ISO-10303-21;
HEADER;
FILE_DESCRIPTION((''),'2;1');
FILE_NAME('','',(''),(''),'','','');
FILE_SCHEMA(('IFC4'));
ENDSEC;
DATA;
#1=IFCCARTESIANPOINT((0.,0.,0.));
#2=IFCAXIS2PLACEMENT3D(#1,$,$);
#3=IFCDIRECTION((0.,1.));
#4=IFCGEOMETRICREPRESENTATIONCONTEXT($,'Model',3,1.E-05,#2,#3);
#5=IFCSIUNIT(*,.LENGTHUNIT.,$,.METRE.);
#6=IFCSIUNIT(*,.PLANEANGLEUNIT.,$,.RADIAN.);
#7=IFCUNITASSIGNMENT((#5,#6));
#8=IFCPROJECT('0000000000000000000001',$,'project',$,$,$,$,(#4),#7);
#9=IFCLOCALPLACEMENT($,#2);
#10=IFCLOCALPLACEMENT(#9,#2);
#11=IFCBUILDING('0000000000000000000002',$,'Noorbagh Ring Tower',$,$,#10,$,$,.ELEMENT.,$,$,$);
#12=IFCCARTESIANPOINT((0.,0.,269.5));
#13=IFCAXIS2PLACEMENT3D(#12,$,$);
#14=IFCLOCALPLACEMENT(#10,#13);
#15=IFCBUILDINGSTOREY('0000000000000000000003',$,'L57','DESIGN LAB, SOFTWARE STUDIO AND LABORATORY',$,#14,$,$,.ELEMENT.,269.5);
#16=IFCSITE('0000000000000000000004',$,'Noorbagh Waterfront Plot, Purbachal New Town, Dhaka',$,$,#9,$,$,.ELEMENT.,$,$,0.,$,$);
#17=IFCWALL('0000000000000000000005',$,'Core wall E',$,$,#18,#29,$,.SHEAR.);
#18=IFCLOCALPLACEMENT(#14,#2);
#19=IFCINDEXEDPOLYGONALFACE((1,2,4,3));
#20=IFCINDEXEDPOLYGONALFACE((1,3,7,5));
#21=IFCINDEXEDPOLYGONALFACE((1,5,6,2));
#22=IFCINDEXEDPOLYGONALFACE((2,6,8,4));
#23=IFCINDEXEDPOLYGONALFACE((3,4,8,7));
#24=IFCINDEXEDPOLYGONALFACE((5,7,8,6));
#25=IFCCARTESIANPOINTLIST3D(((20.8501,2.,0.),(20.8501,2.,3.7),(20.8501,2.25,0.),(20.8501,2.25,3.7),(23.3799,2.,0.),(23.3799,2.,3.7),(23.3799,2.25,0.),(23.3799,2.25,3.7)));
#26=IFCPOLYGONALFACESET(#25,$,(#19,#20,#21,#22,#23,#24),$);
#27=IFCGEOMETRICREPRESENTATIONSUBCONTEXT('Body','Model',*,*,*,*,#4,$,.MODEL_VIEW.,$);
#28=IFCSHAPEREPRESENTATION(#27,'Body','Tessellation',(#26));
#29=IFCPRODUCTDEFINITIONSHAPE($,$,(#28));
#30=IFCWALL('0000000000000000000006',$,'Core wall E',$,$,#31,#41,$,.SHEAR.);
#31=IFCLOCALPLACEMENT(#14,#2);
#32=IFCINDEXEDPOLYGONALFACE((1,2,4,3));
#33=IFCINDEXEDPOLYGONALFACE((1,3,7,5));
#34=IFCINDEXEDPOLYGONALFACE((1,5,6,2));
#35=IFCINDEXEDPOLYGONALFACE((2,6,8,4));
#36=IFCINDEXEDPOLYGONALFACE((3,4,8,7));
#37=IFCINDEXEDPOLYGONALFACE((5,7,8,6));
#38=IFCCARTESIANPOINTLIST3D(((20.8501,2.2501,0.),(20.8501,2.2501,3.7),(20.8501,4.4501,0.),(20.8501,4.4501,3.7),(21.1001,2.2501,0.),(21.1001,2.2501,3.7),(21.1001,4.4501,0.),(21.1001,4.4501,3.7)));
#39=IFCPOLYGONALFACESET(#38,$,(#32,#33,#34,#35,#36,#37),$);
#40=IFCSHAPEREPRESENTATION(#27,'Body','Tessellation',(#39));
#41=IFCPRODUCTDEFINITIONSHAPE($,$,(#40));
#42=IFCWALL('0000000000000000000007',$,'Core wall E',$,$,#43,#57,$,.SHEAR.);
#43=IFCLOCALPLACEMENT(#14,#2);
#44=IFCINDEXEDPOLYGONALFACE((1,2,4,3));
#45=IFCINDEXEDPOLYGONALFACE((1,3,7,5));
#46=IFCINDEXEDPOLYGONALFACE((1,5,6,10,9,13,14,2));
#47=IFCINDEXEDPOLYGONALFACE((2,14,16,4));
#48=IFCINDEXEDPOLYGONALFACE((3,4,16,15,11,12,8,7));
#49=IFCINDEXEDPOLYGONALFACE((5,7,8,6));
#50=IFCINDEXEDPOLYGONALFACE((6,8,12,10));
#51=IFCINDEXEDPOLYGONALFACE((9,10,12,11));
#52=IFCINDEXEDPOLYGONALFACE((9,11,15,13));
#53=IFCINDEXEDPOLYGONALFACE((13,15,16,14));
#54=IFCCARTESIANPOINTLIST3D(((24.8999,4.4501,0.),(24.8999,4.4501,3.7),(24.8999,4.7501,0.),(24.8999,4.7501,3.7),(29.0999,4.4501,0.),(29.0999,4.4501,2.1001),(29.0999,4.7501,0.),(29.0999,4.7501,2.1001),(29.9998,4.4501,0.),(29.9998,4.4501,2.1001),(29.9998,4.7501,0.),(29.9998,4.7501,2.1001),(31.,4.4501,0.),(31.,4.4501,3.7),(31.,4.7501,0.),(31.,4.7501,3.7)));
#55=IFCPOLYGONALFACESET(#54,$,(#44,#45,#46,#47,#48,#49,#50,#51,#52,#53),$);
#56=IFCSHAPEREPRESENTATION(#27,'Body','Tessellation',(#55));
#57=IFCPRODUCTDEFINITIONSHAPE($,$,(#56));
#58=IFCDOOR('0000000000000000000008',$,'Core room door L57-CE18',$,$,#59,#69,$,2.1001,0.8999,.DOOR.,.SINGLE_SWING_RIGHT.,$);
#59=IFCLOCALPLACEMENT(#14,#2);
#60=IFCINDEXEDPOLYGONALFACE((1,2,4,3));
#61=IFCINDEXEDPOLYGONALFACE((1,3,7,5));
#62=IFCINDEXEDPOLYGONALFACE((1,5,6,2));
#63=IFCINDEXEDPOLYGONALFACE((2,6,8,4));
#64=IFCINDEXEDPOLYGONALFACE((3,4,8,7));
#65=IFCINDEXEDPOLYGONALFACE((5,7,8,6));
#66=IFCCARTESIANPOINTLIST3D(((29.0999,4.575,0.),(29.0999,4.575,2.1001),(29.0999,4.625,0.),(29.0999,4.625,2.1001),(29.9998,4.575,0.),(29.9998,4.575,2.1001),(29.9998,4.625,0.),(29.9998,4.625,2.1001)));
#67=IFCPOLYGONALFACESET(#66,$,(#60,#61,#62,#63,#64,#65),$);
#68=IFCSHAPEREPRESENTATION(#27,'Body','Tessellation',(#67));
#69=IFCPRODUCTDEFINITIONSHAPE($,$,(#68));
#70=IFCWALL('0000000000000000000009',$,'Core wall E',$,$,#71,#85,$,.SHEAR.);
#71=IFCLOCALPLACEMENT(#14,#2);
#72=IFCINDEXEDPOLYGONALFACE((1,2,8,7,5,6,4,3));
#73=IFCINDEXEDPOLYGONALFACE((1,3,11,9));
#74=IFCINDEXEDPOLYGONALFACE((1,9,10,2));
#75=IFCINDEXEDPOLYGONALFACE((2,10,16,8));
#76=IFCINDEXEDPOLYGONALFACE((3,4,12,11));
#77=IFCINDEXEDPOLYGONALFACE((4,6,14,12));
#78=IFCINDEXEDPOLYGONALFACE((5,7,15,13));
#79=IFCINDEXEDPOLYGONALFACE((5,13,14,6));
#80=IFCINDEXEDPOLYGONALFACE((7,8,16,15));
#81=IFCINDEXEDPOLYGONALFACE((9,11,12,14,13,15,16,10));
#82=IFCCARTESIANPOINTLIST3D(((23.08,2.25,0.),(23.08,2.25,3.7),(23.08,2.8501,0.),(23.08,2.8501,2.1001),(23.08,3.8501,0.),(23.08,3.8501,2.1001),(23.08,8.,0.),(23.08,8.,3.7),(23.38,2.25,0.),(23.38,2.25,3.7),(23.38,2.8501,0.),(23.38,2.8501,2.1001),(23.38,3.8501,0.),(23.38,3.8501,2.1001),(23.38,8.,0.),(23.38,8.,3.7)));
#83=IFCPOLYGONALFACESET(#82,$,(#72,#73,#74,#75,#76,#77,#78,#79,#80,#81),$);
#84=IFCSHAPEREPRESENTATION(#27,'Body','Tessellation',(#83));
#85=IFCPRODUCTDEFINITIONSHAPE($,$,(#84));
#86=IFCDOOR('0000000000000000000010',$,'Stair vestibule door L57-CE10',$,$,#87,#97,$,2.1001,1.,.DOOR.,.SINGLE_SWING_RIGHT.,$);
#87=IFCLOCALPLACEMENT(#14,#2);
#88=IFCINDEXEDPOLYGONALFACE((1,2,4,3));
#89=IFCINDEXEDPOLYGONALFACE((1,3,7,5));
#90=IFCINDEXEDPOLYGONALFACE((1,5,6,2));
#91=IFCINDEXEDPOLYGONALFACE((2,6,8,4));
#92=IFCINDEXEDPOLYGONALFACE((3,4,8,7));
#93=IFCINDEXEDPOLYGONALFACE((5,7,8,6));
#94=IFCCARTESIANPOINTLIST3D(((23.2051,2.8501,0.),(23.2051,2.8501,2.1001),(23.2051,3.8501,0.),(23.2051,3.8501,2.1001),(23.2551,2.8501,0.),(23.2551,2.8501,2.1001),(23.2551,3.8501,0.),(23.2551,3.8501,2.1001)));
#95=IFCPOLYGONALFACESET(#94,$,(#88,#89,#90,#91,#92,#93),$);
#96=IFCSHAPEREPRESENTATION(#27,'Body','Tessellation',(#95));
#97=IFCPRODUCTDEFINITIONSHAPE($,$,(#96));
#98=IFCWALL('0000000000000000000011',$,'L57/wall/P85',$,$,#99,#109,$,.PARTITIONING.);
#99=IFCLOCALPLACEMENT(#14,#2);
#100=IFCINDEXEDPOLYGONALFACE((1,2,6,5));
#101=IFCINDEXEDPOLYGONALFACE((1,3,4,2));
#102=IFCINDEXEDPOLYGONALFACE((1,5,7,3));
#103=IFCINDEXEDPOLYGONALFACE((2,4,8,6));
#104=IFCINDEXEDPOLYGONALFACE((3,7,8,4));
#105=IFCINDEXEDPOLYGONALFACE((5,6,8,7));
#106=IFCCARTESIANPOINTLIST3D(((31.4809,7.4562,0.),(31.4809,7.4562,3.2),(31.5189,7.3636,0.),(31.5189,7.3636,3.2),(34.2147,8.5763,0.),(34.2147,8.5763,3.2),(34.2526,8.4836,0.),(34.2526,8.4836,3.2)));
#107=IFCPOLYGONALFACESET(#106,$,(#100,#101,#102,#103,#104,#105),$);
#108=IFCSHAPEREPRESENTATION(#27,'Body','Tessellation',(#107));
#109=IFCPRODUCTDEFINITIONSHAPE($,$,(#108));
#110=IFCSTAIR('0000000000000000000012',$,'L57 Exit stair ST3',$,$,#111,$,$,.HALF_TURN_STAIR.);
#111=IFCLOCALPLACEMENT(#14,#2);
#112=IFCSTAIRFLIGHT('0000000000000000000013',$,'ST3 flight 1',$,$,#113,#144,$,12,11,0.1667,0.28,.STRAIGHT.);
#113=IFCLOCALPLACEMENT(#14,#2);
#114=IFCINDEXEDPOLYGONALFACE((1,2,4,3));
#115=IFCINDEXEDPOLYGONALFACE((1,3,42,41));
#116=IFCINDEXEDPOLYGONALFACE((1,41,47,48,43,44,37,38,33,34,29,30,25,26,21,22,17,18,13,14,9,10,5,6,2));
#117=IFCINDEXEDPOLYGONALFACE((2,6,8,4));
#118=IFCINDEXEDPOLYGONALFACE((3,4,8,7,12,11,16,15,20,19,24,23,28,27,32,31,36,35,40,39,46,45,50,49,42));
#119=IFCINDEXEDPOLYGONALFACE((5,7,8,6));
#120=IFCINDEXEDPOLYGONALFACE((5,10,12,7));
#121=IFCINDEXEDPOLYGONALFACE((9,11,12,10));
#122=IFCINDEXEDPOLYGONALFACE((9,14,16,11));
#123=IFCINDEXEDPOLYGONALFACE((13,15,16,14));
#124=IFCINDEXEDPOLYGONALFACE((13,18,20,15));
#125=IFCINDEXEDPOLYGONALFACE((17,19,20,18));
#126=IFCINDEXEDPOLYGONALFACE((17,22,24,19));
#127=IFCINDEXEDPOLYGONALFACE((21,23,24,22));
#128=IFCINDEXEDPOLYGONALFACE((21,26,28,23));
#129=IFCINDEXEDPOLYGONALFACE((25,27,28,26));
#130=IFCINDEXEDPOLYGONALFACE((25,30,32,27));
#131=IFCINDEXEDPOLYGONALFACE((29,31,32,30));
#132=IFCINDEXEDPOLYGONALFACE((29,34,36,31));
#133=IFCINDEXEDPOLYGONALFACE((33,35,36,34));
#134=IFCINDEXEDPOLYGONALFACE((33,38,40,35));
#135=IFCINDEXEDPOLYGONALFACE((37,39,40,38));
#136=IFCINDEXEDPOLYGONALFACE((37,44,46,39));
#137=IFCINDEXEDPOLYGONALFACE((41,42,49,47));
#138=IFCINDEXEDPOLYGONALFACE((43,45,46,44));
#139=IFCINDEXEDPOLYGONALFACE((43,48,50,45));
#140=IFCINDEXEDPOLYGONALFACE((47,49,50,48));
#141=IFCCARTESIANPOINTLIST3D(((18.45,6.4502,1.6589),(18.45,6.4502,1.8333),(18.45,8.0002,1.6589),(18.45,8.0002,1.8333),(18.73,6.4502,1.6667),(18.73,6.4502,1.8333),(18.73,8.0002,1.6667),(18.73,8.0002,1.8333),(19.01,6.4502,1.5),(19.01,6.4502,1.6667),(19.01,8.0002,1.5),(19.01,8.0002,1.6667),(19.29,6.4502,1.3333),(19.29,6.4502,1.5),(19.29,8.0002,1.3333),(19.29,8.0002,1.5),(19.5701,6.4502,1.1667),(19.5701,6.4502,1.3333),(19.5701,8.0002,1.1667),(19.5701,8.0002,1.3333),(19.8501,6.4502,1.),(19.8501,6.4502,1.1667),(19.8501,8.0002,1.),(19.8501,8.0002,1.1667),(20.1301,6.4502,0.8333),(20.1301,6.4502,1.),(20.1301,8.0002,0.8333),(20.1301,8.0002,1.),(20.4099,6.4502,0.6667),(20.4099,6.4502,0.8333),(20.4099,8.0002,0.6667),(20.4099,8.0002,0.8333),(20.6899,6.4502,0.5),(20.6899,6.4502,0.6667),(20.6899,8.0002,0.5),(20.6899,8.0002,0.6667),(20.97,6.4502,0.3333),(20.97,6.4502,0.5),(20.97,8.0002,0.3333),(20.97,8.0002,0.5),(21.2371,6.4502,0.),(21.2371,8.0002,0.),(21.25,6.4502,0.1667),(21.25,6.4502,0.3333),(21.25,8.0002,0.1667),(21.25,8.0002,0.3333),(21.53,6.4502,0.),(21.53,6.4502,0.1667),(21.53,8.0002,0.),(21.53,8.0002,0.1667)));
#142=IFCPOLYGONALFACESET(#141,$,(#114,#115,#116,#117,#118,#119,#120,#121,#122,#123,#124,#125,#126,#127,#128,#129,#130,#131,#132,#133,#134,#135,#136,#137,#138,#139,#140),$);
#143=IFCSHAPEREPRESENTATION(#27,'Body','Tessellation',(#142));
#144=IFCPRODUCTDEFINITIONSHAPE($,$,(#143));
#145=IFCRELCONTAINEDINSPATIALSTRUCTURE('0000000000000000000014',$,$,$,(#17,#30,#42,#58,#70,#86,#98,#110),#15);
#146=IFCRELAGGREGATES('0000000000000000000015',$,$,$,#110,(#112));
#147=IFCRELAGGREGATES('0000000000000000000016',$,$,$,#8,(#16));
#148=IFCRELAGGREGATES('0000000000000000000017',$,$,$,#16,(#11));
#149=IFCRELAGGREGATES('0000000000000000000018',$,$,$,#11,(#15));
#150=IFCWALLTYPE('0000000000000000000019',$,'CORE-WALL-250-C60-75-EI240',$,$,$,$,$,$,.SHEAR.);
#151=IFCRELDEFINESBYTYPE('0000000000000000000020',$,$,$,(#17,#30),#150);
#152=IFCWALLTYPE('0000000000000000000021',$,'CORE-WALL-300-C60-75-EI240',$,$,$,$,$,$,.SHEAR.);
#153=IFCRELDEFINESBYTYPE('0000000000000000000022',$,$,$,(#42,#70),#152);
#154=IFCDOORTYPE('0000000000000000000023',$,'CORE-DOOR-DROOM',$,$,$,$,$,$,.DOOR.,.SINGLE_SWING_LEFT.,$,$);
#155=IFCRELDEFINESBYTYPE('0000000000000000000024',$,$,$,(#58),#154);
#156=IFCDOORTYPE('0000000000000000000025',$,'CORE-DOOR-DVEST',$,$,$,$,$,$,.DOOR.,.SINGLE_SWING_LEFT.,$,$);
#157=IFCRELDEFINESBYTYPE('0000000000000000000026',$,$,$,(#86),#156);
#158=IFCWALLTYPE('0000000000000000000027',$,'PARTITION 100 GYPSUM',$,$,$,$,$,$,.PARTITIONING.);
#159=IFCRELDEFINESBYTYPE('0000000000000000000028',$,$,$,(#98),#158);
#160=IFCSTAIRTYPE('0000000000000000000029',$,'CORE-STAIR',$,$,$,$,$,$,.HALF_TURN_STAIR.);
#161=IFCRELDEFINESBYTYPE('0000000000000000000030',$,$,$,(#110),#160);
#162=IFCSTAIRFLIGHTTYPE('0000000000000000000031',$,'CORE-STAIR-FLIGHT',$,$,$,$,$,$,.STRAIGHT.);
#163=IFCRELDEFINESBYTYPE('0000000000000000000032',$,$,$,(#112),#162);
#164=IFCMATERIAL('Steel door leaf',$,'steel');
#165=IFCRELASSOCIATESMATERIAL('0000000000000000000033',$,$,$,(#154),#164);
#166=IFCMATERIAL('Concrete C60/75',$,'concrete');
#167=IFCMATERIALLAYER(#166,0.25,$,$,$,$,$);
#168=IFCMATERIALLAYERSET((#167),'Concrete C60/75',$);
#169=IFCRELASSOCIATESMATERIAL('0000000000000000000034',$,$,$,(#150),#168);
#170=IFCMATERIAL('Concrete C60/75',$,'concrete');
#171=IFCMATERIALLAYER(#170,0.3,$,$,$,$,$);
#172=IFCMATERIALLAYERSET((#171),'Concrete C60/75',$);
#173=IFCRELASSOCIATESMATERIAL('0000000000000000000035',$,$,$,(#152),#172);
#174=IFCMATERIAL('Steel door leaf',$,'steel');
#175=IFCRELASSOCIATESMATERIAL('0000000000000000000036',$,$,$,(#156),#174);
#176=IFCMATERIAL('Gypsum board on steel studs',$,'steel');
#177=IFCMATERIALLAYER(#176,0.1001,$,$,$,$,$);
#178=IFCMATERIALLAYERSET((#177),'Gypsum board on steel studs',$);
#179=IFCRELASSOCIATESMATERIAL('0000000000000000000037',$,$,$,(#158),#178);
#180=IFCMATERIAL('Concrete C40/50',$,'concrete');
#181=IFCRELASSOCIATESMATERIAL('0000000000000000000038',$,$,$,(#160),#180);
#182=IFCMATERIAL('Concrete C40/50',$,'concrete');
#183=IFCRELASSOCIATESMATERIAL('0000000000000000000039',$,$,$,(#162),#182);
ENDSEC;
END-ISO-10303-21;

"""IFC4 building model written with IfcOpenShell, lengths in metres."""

from ifc_helpers import new_model, si_unit, direction, frame, frame_2d, origin, place, context, subcontext, project, spatial, polyline, rectangle, outline, extrude, material, layer, layer_set, type_object, element, fill, aggregate, save


model = new_model("IFC4")

# Units and contexts
model_context = context("Model", 3, precision=1e-05, world=origin(), true_north=direction((0.0, 1.0)))
body_context = subcontext(model_context, "Body", "Model", "MODEL_VIEW")
ifc_project = project(units=[si_unit("LENGTHUNIT", "METRE"), si_unit("PLANEANGLEUNIT", "RADIAN")], contexts=[model_context])

# Site, building, storey
site_placement = place(None, origin())
site = spatial("IfcSite", under=ifc_project, at=site_placement, Name="Noorbagh Waterfront Plot, Purbachal New Town, Dhaka", CompositionType="ELEMENT", RefElevation=0.0)
building_placement = place(site_placement, origin())
building = spatial("IfcBuilding", under=site, at=building_placement, Name="Noorbagh Ring Tower", CompositionType="ELEMENT")
storey_placement = place(building_placement, frame((0.0, 0.0, 269.5)))
storey = spatial("IfcBuildingStorey", under=building, at=storey_placement, Name="L57", Description="DESIGN LAB, SOFTWARE STUDIO AND LABORATORY", CompositionType="ELEMENT", Elevation=269.5)

# Shared definitions
ifc_material_1 = material(Name="Steel door leaf", Category="steel")
door_type_1 = type_object("IfcDoorType", Name="CORE-DOOR-DROOM", OperationType="SINGLE_SWING_LEFT", PredefinedType="DOOR", material=ifc_material_1)

# Walls
ifc_material_2 = material(Name="Concrete C60/75", Category="concrete")
ifc_layer_1 = layer(ifc_material_2, 0.25)
ifc_layer_set_1 = layer_set([ifc_layer_1], Name="Concrete C60/75")
wall_type_1 = type_object("IfcWallType", Name="CORE-WALL-250-C60-75-EI240", PredefinedType="SHEAR", material=ifc_layer_set_1)
wall_1_placement = place(storey_placement, frame((20.8501, 2.125, 0.0), z_axis=(0.0, 0.0, 1.0), x_axis=(1.0, 0.0, 0.0)))
element("IfcWall", 1, at=wall_1_placement, inside=storey, type_object=wall_type_1, Name="Core wall E", PredefinedType="SHEAR", context=body_context, shape_type="SweptSolid", body=[
    extrude(rectangle(XDim=2.5298, YDim=0.25, at=frame_2d((1.2649, 0.0))), origin(), (0.0, 0.0, 1.0), 3.7),
])
wall_2_placement = place(storey_placement, frame((20.9751, 2.25, 0.0), z_axis=(0.0, 0.0, 1.0), x_axis=(0.0, 1.0, 0.0)))
element("IfcWall", 2, at=wall_2_placement, inside=storey, type_object=wall_type_1, Name="Core wall E", PredefinedType="SHEAR", context=body_context, shape_type="SweptSolid", body=[
    extrude(rectangle(XDim=2.2, YDim=0.25, at=frame_2d((1.1001, 0.0))), origin(), (0.0, 0.0, 1.0), 3.7),
])

# Walls, openings, doors
ifc_material_3 = material(Name="Concrete C60/75", Category="concrete")
ifc_layer_2 = layer(ifc_material_3, 0.3)
ifc_layer_set_2 = layer_set([ifc_layer_2], Name="Concrete C60/75")
wall_type_2 = type_object("IfcWallType", Name="CORE-WALL-300-C60-75-EI240", PredefinedType="SHEAR", material=ifc_layer_set_2)
wall_3_placement = place(storey_placement, frame((24.8999, 4.6001, 0.0), z_axis=(0.0, 0.0, 1.0), x_axis=(1.0, 0.0, 0.0)))
wall_3 = element("IfcWall", 3, at=wall_3_placement, inside=storey, type_object=wall_type_2, Name="Core wall E", PredefinedType="SHEAR", context=body_context, shape_type="SweptSolid", body=[
    extrude(rectangle(XDim=6.1001, YDim=0.3, at=frame_2d((3.05, 0.0))), origin(), (0.0, 0.0, 1.0), 3.7),
])
opening_1_placement = place(wall_3_placement, frame((4.2, 0.0, 0.0)))
opening_1 = element("IfcOpeningElement", 4, at=opening_1_placement, cuts=wall_3, PredefinedType="OPENING", context=body_context, shape_type="SweptSolid", body=[
    extrude(rectangle(XDim=0.8999, YDim=2.1001, at=frame_2d((0.45, 1.05))), frame((0.0, 0.1602, 0.0), z_axis=(0.0, -1.0, 0.0), x_axis=(1.0, 0.0, 0.0)), (0.0, 0.0, 1.0), 0.3201),
])
door_1_placement = place(opening_1_placement, origin())
door_1 = element("IfcDoor", 5, at=door_1_placement, inside=storey, type_object=door_type_1, Name="Core room door L57-CE18", OperationType="SINGLE_SWING_RIGHT", OverallHeight=2.1001, OverallWidth=0.8999, PredefinedType="DOOR", context=body_context, shape_type="SweptSolid", body=[
    extrude(rectangle(XDim=0.8999, YDim=2.1001, at=frame_2d((0.45, 1.05))), frame((0.0, 0.0249, 0.0), z_axis=(0.0, -1.0, 0.0), x_axis=(1.0, 0.0, 0.0)), (0.0, 0.0, 1.0), 0.05),
])
fill(opening_1, door_1)
wall_4_placement = place(storey_placement, frame((23.23, 2.25, 0.0), z_axis=(0.0, 0.0, 1.0), x_axis=(0.0, 1.0, 0.0)))
wall_4 = element("IfcWall", 6, at=wall_4_placement, inside=storey, type_object=wall_type_2, Name="Core wall E", PredefinedType="SHEAR", context=body_context, shape_type="SweptSolid", body=[
    extrude(rectangle(XDim=5.75, YDim=0.3, at=frame_2d((2.875, 0.0))), origin(), (0.0, 0.0, 1.0), 3.7),
])
opening_2_placement = place(wall_4_placement, frame((0.6001, 0.0, 0.0)))
opening_2 = element("IfcOpeningElement", 7, at=opening_2_placement, cuts=wall_4, PredefinedType="OPENING", context=body_context, shape_type="SweptSolid", body=[
    extrude(rectangle(XDim=1.0, YDim=2.1001, at=frame_2d((0.5, 1.05))), frame((0.0, 0.1602, 0.0), z_axis=(0.0, -1.0, 0.0), x_axis=(1.0, 0.0, 0.0)), (0.0, 0.0, 1.0), 0.3201),
])
ifc_material_4 = material(Name="Steel door leaf", Category="steel")
door_type_2 = type_object("IfcDoorType", Name="CORE-DOOR-DVEST", OperationType="SINGLE_SWING_LEFT", PredefinedType="DOOR", material=ifc_material_4)
door_2_placement = place(opening_2_placement, origin())
door_2 = element("IfcDoor", 8, at=door_2_placement, inside=storey, type_object=door_type_2, Name="Stair vestibule door L57-CE10", OperationType="SINGLE_SWING_RIGHT", OverallHeight=2.1001, OverallWidth=1.0, PredefinedType="DOOR", context=body_context, shape_type="SweptSolid", body=[
    extrude(rectangle(XDim=1.0, YDim=2.1001, at=frame_2d((0.5, 1.05))), frame((0.0, 0.0249, 0.0), z_axis=(0.0, -1.0, 0.0), x_axis=(1.0, 0.0, 0.0)), (0.0, 0.0, 1.0), 0.05),
])
fill(opening_2, door_2)

# Wall
ifc_material_5 = material(Name="Gypsum board on steel studs", Category="steel")
ifc_layer_3 = layer(ifc_material_5, 0.1001)
ifc_layer_set_3 = layer_set([ifc_layer_3], Name="Gypsum board on steel studs")
wall_type_3 = type_object("IfcWallType", Name="PARTITION 100 GYPSUM", PredefinedType="PARTITIONING", material=ifc_layer_set_3)
wall_5_placement = place(storey_placement, frame((31.5, 7.4099, 0.0), z_axis=(0.0, 0.0, 1.0), x_axis=(0.925344, 0.379128, 0.0)))
element("IfcWall", 9, at=wall_5_placement, inside=storey, type_object=wall_type_3, Name="L57/wall/P85", PredefinedType="PARTITIONING", context=body_context, shape_type="SweptSolid", body=[
    extrude(rectangle(XDim=2.9543, YDim=0.1001, at=frame_2d((1.4771, 0.0))), origin(), (0.0, 0.0, 1.0), 3.2),
])

# Stair, stair flight
ifc_material_6 = material(Name="Concrete C40/50", Category="concrete")
stair_type = type_object("IfcStairType", Name="CORE-STAIR", PredefinedType="HALF_TURN_STAIR", material=ifc_material_6)
stair_placement = place(storey_placement, origin())
stair = element("IfcStair", 10, at=stair_placement, inside=storey, type_object=stair_type, Name="L57 Exit stair ST3", PredefinedType="HALF_TURN_STAIR")
ifc_material_7 = material(Name="Concrete C40/50", Category="concrete")
stair_flight_type = type_object("IfcStairFlightType", Name="CORE-STAIR-FLIGHT", PredefinedType="STRAIGHT", material=ifc_material_7)
stair_flight_1_placement = place(storey_placement, frame((21.53, 7.2251, 0.0), z_axis=(0.0, 0.0, 1.0), x_axis=(-1.0, 0.0, 0.0)))
stair_flight_1 = element("IfcStairFlight", 11, at=stair_flight_1_placement, type_object=stair_flight_type, Name="ST3 flight 1", NumberOfRisers=12, NumberOfTreads=11, PredefinedType="STRAIGHT", RiserHeight=0.1667, TreadLength=0.28, context=body_context, shape_type="SweptSolid", body=[
    extrude(outline(polyline([(0.0, 0.0), (0.0, 0.1667), (0.28, 0.1667), (0.28, 0.3333), (0.5601, 0.3333), (0.5601, 0.5), (0.8401, 0.5), (0.8401, 0.6667), (1.1201, 0.6667), (1.1201, 0.8333), (1.3999, 0.8333), (1.3999, 1.0), (1.6799, 1.0), (1.6799, 1.1667), (1.96, 1.1667), (1.96, 1.3333), (2.24, 1.3333), (2.24, 1.5), (2.52, 1.5), (2.52, 1.6667), (2.8, 1.6667), (2.8, 1.8333), (3.0801, 1.8333), (3.0801, 2.0), (3.0801, 1.6589), (0.293, 0.0), (0.0, 0.0)])), frame((0.0, 0.7749, 0.0), z_axis=(0.0, -1.0, 0.0), x_axis=(1.0, 0.0, 0.0)), (0.0, 0.0, 1.0), 1.55),
])
aggregate(stair, [stair_flight_1])

save(model, "model.ifc")
